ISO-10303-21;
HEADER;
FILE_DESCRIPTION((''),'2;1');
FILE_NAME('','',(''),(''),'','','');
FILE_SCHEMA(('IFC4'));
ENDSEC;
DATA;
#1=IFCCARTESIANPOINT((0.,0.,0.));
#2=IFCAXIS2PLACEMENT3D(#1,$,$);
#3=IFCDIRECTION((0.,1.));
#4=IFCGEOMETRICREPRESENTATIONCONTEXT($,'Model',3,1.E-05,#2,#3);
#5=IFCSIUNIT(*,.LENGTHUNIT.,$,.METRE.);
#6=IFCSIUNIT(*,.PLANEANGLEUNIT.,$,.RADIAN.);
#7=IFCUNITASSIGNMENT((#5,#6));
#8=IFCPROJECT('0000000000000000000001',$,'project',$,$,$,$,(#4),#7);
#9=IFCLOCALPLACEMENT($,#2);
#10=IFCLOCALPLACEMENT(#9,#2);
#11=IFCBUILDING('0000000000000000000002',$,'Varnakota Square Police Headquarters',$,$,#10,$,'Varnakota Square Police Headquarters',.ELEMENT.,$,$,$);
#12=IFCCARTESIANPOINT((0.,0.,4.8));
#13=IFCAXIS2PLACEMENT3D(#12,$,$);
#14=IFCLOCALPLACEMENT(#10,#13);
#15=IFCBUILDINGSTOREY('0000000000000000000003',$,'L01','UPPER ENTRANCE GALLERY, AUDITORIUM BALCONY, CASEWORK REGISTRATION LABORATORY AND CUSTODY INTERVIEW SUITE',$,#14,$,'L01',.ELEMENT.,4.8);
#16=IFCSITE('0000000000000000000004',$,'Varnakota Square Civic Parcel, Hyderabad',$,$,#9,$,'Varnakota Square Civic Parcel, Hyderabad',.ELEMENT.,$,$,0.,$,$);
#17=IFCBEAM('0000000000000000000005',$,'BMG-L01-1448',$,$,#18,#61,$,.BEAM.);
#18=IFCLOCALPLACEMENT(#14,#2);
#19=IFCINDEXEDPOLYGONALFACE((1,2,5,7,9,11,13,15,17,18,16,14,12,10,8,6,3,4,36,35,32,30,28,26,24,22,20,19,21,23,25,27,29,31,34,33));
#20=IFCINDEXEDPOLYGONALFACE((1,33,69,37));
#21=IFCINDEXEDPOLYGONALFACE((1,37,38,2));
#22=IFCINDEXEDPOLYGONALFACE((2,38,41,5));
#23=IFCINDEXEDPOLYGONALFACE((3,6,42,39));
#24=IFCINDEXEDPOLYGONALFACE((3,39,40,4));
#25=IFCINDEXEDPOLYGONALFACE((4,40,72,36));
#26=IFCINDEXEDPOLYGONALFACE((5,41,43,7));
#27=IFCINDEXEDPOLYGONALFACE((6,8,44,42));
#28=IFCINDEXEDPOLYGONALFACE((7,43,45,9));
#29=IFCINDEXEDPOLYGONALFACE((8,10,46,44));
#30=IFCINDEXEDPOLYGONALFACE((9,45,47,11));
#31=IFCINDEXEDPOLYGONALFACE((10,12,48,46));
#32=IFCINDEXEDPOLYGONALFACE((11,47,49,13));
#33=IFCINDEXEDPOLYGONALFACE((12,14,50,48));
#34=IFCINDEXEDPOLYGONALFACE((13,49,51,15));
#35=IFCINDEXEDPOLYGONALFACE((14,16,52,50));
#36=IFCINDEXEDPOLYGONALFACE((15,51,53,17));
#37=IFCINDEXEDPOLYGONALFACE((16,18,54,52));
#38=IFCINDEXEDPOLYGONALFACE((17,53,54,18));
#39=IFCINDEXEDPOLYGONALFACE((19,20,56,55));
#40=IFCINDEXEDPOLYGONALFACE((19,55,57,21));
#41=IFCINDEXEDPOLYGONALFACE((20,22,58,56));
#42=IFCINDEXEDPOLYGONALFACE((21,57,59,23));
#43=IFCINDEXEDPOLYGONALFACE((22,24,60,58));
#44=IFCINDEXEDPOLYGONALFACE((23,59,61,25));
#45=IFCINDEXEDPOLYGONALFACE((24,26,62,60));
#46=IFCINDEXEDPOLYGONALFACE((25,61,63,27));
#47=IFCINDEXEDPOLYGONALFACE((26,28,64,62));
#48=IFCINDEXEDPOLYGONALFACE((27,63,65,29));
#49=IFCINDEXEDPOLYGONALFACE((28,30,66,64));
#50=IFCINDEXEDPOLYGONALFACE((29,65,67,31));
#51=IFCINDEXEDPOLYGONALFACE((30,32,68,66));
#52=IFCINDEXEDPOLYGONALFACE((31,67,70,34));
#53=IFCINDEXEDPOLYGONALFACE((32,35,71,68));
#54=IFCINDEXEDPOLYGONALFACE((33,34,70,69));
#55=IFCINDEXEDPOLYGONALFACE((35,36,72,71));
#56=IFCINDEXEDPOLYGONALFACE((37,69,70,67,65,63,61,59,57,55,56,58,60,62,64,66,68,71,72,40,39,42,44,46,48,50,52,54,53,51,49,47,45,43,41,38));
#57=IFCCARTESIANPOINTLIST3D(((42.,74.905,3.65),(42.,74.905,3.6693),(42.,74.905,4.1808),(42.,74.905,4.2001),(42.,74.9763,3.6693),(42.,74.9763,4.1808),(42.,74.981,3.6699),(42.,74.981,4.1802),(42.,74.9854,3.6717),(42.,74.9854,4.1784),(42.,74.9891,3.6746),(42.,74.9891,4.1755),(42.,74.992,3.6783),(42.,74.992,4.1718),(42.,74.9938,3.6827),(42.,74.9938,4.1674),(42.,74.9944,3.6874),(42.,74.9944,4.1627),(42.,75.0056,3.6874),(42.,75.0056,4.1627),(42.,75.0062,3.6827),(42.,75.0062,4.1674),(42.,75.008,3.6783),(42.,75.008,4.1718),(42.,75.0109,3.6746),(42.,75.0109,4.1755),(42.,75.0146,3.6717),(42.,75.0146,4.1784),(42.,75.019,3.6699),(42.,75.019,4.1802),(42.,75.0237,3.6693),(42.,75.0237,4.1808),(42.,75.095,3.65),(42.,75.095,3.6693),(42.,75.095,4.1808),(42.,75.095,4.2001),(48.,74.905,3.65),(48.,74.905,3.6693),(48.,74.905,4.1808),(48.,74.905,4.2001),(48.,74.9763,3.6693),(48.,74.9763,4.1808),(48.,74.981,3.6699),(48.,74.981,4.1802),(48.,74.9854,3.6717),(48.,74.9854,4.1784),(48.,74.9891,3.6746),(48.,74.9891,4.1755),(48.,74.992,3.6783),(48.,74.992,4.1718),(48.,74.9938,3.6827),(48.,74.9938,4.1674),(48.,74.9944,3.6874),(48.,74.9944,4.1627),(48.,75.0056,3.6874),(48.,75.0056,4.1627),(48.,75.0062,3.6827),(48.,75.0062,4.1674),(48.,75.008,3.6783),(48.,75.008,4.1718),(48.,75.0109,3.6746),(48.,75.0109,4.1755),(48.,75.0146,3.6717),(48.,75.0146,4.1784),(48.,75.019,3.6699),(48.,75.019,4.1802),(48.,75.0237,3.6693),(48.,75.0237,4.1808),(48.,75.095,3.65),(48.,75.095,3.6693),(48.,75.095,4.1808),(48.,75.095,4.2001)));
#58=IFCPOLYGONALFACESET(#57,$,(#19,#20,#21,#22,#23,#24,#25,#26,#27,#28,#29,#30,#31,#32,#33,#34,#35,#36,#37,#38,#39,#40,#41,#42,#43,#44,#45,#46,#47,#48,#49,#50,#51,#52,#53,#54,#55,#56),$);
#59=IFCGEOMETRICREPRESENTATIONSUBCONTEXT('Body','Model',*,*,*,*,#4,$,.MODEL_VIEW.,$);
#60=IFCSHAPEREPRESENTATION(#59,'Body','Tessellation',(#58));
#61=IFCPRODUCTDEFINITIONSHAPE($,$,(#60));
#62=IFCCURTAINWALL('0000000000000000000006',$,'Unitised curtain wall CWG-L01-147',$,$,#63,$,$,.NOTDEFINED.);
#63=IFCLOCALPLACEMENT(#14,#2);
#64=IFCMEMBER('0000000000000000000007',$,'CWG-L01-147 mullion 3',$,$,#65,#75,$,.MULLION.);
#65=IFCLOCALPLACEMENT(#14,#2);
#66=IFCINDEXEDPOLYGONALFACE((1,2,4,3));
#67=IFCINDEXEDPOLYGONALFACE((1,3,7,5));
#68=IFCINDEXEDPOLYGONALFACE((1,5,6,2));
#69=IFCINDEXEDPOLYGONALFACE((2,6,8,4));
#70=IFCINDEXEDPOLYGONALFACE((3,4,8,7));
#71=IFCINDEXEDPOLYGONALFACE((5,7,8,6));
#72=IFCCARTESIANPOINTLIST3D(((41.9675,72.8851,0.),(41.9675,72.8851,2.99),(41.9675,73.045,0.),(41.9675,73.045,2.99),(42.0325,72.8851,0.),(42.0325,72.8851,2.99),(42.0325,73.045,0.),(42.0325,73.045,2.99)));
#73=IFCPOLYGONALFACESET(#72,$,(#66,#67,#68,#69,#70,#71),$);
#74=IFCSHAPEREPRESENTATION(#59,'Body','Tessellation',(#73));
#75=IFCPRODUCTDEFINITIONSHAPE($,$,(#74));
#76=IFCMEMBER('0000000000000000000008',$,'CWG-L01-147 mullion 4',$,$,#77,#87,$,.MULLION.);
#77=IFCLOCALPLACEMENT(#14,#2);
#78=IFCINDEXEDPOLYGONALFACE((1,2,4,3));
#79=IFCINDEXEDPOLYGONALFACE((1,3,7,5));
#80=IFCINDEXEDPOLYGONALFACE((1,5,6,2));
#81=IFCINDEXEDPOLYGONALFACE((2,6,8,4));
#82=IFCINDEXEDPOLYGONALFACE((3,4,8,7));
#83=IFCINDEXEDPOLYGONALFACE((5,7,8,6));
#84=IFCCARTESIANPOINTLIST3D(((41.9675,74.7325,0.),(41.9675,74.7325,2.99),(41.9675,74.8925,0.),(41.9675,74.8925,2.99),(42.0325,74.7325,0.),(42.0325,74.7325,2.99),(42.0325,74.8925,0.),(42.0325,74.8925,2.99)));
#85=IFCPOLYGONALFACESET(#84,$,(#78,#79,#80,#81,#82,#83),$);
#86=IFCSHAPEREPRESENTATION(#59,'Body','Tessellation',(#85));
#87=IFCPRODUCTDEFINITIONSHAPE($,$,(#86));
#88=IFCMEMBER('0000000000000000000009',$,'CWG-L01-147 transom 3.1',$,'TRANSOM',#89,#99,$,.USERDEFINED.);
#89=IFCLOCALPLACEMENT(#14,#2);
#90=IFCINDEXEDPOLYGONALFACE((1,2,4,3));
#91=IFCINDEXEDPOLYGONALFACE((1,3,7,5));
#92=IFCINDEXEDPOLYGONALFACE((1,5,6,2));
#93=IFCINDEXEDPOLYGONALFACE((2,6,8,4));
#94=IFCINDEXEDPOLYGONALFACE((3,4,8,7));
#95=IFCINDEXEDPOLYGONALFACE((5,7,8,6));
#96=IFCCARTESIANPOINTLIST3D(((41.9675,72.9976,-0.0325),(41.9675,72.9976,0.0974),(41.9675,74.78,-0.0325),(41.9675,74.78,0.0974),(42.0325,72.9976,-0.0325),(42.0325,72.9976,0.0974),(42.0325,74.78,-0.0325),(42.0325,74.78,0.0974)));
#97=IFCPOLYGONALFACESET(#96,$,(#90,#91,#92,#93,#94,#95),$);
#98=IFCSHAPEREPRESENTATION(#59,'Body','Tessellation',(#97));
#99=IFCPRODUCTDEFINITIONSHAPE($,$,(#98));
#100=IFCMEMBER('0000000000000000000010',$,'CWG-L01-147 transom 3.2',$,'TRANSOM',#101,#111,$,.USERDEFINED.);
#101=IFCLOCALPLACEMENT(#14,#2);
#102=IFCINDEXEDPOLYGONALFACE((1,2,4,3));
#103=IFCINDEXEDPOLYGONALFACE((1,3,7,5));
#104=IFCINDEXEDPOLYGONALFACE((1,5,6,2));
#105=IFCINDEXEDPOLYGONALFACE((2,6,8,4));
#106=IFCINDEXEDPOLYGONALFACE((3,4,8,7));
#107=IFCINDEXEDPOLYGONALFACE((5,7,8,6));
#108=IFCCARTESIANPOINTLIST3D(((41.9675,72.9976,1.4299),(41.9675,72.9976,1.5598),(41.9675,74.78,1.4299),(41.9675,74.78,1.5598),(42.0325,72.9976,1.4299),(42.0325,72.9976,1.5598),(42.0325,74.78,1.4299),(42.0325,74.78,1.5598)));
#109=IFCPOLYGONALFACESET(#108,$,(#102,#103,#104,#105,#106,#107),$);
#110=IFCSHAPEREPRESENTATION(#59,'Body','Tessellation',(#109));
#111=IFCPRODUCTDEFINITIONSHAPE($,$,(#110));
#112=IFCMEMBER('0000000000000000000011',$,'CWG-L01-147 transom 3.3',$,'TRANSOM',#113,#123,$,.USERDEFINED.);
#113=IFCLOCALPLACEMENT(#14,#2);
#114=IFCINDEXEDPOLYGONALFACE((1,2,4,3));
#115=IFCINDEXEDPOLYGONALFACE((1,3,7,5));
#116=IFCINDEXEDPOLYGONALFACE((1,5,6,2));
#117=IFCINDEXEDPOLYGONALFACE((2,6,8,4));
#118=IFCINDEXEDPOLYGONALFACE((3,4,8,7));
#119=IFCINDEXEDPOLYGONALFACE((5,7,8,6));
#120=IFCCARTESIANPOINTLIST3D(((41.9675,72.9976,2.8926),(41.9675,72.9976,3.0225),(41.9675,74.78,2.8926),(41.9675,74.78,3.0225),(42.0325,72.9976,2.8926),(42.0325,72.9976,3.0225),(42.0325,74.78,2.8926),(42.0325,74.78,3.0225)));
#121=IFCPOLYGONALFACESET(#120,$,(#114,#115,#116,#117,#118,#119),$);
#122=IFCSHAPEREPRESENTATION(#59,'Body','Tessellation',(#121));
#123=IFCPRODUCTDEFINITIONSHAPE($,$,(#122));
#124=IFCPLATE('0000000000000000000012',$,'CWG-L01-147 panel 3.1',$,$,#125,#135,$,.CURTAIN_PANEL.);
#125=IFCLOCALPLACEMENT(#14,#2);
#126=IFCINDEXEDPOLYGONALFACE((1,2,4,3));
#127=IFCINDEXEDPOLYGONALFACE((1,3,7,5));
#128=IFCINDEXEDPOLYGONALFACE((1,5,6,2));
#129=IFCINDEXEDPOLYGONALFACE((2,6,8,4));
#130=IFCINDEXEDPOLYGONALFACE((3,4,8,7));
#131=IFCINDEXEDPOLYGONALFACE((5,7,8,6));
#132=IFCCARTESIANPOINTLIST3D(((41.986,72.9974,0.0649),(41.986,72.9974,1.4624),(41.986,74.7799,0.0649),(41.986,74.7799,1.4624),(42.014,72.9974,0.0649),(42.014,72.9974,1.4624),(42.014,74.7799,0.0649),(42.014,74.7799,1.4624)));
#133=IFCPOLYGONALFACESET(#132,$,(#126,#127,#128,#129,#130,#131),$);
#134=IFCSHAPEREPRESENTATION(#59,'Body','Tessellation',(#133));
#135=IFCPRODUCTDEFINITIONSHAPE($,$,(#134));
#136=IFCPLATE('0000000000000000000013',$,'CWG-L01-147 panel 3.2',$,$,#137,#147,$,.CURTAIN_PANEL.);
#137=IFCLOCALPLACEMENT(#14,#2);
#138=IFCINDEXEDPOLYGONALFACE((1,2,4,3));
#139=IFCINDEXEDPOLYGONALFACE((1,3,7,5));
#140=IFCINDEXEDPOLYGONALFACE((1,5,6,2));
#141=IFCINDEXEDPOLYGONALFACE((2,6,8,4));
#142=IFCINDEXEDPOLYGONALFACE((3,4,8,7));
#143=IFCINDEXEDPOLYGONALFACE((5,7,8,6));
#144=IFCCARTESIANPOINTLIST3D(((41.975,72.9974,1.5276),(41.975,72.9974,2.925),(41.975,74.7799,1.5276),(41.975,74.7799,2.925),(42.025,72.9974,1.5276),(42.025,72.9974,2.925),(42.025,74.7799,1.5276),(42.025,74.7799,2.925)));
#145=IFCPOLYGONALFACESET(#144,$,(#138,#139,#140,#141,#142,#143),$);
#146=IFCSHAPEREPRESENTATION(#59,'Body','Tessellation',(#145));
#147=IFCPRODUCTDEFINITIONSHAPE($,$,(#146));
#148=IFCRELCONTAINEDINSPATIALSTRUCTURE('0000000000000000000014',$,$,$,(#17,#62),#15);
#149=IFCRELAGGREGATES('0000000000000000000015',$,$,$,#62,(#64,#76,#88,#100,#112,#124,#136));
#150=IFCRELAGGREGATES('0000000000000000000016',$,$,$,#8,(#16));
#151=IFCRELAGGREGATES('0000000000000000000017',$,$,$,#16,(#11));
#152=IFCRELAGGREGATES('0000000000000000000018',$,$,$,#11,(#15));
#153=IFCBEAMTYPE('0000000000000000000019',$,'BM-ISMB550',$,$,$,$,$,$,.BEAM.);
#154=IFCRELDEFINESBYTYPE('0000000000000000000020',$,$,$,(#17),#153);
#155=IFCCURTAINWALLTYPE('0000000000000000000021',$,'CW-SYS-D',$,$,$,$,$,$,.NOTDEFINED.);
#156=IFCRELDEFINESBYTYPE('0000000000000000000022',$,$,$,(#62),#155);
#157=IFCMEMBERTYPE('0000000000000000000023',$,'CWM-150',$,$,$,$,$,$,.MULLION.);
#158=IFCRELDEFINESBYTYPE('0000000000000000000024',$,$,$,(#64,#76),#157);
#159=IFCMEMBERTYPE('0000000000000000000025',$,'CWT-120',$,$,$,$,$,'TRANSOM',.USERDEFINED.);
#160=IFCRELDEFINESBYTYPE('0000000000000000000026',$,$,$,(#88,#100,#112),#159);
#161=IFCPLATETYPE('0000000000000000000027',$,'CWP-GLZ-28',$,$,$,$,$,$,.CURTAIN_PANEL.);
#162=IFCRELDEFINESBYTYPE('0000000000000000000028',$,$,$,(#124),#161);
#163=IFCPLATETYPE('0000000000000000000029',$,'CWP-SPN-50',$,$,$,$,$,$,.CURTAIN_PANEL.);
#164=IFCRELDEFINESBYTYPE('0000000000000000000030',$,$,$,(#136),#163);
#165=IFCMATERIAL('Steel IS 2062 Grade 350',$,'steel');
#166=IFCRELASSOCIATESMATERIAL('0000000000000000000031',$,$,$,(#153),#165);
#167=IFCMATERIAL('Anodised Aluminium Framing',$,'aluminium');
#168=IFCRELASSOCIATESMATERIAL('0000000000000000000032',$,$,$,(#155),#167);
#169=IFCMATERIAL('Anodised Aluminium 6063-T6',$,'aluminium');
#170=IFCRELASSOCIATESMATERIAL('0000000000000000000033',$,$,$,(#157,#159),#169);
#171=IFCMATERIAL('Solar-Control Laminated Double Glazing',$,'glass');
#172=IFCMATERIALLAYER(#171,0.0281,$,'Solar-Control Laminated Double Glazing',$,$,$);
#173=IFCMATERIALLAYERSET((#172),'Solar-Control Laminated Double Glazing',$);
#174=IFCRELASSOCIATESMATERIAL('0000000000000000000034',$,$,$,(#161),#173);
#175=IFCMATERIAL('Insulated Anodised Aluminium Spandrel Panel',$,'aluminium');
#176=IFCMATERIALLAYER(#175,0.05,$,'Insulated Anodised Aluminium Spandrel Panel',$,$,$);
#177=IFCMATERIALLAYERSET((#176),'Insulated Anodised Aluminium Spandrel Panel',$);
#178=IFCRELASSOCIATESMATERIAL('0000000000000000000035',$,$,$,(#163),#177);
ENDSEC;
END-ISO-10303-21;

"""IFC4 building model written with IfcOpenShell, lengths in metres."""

from ifc_helpers import new_model, si_unit, direction, frame, origin, origin_2d, place, context, subcontext, project, spatial, rectangle, i_section, extrude, material, layer, layer_set, material_profile, profile_set, type_object, element, aggregate, save


model = new_model("IFC4")

# Units and contexts
model_context = context("Model", 3, precision=1e-05, world=origin(), true_north=direction((0.0, 1.0)))
body_context = subcontext(model_context, "Body", "Model", "MODEL_VIEW")
ifc_project = project(units=[si_unit("LENGTHUNIT", "METRE"), si_unit("PLANEANGLEUNIT", "RADIAN")], contexts=[model_context])

# Site, building, storey
site_placement = place(None, origin())
site = spatial("IfcSite", under=ifc_project, at=site_placement, Name="Varnakota Square Civic Parcel, Hyderabad", LongName="Varnakota Square Civic Parcel, Hyderabad", CompositionType="ELEMENT", RefElevation=0.0)
building_placement = place(site_placement, origin())
building = spatial("IfcBuilding", under=site, at=building_placement, Name="Varnakota Square Police Headquarters", LongName="Varnakota Square Police Headquarters", CompositionType="ELEMENT")
storey_placement = place(building_placement, frame((0.0, 0.0, 4.8)))
storey = spatial("IfcBuildingStorey", under=building, at=storey_placement, Name="L01", Description="UPPER ENTRANCE GALLERY, AUDITORIUM BALCONY, CASEWORK REGISTRATION LABORATORY AND CUSTODY INTERVIEW SUITE", LongName="L01", CompositionType="ELEMENT", Elevation=4.8)

# Shared definitions
ifc_material_1 = material(Name="Steel IS 2062 Grade 350", Category="steel")

# Beam
ifc_material_profile_1 = material_profile(ifc_material_1, i_section(OverallWidth=0.1899, OverallDepth=0.55, WebThickness=0.0112, FlangeThickness=0.0193, FilletRadius=0.0181, at=origin_2d()), Name="ISMB 550")
ifc_profile_set_1 = profile_set([ifc_material_profile_1], Name="Steel IS 2062 Grade 350")
beam_type_1 = type_object("IfcBeamType", Name="BM-ISMB550", PredefinedType="BEAM", material=ifc_profile_set_1)
beam_1_placement = place(storey_placement, frame((42.0, 75.0, 3.925), z_axis=(1.0, 0.0, 0.0), x_axis=(0.0, 1.0, 0.0)))
element("IfcBeam", 1, at=beam_1_placement, inside=storey, type_object=beam_type_1, Name="BMG-L01-1448", PredefinedType="BEAM", context=body_context, shape_type="SweptSolid", body=[
    extrude(i_section(OverallWidth=0.1899, OverallDepth=0.55, WebThickness=0.0112, FlangeThickness=0.0193, FilletRadius=0.0181, at=origin_2d()), origin(), (0.0, 0.0, 1.0), 6.0),
])

# Curtain wall, members, plates
ifc_material_2 = material(Name="Anodised Aluminium Framing", Category="aluminium")
curtain_wall_type = type_object("IfcCurtainWallType", Name="CW-SYS-D", PredefinedType="NOTDEFINED", material=ifc_material_2)
curtain_wall_placement = place(storey_placement, origin())
curtain_wall = element("IfcCurtainWall", 2, at=curtain_wall_placement, inside=storey, type_object=curtain_wall_type, Name="Unitised curtain wall CWG-L01-147", PredefinedType="NOTDEFINED")
ifc_material_3 = material(Name="Anodised Aluminium 6063-T6", Category="aluminium")
ifc_material_profile_2 = material_profile(ifc_material_3, rectangle(XDim=0.0649, YDim=0.1599, at=origin_2d()), Name="ALU MULLION 65x160")
ifc_profile_set_2 = profile_set([ifc_material_profile_2], Name="Anodised Aluminium 6063-T6")
member_type_1 = type_object("IfcMemberType", Name="CWM-150", PredefinedType="MULLION", material=ifc_profile_set_2)
member_1_placement = place(storey_placement, frame((42.0, 72.9651, 0.0), z_axis=(0.0, 0.0, 1.0), x_axis=(-1.0, 0.0, 0.0)))
member_1 = element("IfcMember", 3, at=member_1_placement, type_object=member_type_1, Name="CWG-L01-147 mullion 3", PredefinedType="MULLION", context=body_context, shape_type="SweptSolid", body=[
    extrude(rectangle(XDim=0.0649, YDim=0.1599, at=origin_2d()), origin(), (0.0, 0.0, 1.0), 2.99),
])
member_2_placement = place(storey_placement, frame((42.0, 74.8125, 0.0), z_axis=(0.0, 0.0, 1.0), x_axis=(-1.0, 0.0, 0.0)))
member_2 = element("IfcMember", 4, at=member_2_placement, type_object=member_type_1, Name="CWG-L01-147 mullion 4", PredefinedType="MULLION", context=body_context, shape_type="SweptSolid", body=[
    extrude(rectangle(XDim=0.0649, YDim=0.1599, at=origin_2d()), origin(), (0.0, 0.0, 1.0), 2.99),
])
ifc_material_profile_3 = material_profile(ifc_material_3, rectangle(XDim=0.0649, YDim=0.1299, at=origin_2d()), Name="ALU TRANSOM 65x130")
ifc_profile_set_3 = profile_set([ifc_material_profile_3], Name="Anodised Aluminium 6063-T6")
member_type_2 = type_object("IfcMemberType", Name="CWT-120", ElementType="TRANSOM", PredefinedType="USERDEFINED", material=ifc_profile_set_3)
member_3_placement = place(storey_placement, frame((42.0, 72.9976, 0.0325), z_axis=(0.0, 1.0, 0.0), x_axis=(-1.0, 0.0, 0.0)))
member_3 = element("IfcMember", 5, at=member_3_placement, type_object=member_type_2, Name="CWG-L01-147 transom 3.1", ObjectType="TRANSOM", PredefinedType="USERDEFINED", context=body_context, shape_type="SweptSolid", body=[
    extrude(rectangle(XDim=0.0649, YDim=0.1299, at=origin_2d()), origin(), (0.0, 0.0, 1.0), 1.7825),
])
member_4_placement = place(storey_placement, frame((42.0, 72.9976, 1.4949), z_axis=(0.0, 1.0, 0.0), x_axis=(-1.0, 0.0, 0.0)))
member_4 = element("IfcMember", 6, at=member_4_placement, type_object=member_type_2, Name="CWG-L01-147 transom 3.2", ObjectType="TRANSOM", PredefinedType="USERDEFINED", context=body_context, shape_type="SweptSolid", body=[
    extrude(rectangle(XDim=0.0649, YDim=0.1299, at=origin_2d()), origin(), (0.0, 0.0, 1.0), 1.7825),
])
member_5_placement = place(storey_placement, frame((42.0, 72.9976, 2.9575), z_axis=(0.0, 1.0, 0.0), x_axis=(-1.0, 0.0, 0.0)))
member_5 = element("IfcMember", 7, at=member_5_placement, type_object=member_type_2, Name="CWG-L01-147 transom 3.3", ObjectType="TRANSOM", PredefinedType="USERDEFINED", context=body_context, shape_type="SweptSolid", body=[
    extrude(rectangle(XDim=0.0649, YDim=0.1299, at=origin_2d()), origin(), (0.0, 0.0, 1.0), 1.7825),
])
ifc_material_4 = material(Name="Solar-Control Laminated Double Glazing", Category="glass")
ifc_layer_1 = layer(ifc_material_4, 0.0281, Name="Solar-Control Laminated Double Glazing")
ifc_layer_set_1 = layer_set([ifc_layer_1], Name="Solar-Control Laminated Double Glazing")
plate_type_1 = type_object("IfcPlateType", Name="CWP-GLZ-28", PredefinedType="CURTAIN_PANEL", material=ifc_layer_set_1)
plate_1_placement = place(storey_placement, frame((42.0, 73.8887, 0.0649), z_axis=(0.0, 0.0, 1.0), x_axis=(0.0, 1.0, 0.0)))
plate_1 = element("IfcPlate", 8, at=plate_1_placement, type_object=plate_type_1, Name="CWG-L01-147 panel 3.1", PredefinedType="CURTAIN_PANEL", context=body_context, shape_type="SweptSolid", body=[
    extrude(rectangle(XDim=1.7825, YDim=0.0281, at=origin_2d()), origin(), (0.0, 0.0, 1.0), 1.3975),
])
ifc_material_5 = material(Name="Insulated Anodised Aluminium Spandrel Panel", Category="aluminium")
ifc_layer_2 = layer(ifc_material_5, 0.05, Name="Insulated Anodised Aluminium Spandrel Panel")
ifc_layer_set_2 = layer_set([ifc_layer_2], Name="Insulated Anodised Aluminium Spandrel Panel")
plate_type_2 = type_object("IfcPlateType", Name="CWP-SPN-50", PredefinedType="CURTAIN_PANEL", material=ifc_layer_set_2)
plate_2_placement = place(storey_placement, frame((42.0, 73.8887, 1.5276), z_axis=(0.0, 0.0, 1.0), x_axis=(0.0, 1.0, 0.0)))
plate_2 = element("IfcPlate", 9, at=plate_2_placement, type_object=plate_type_2, Name="CWG-L01-147 panel 3.2", PredefinedType="CURTAIN_PANEL", context=body_context, shape_type="SweptSolid", body=[
    extrude(rectangle(XDim=1.7825, YDim=0.05, at=origin_2d()), origin(), (0.0, 0.0, 1.0), 1.3975),
])
aggregate(curtain_wall, [member_1, member_2, member_3, member_4, member_5, plate_1, plate_2])

save(model, "model.ifc")
